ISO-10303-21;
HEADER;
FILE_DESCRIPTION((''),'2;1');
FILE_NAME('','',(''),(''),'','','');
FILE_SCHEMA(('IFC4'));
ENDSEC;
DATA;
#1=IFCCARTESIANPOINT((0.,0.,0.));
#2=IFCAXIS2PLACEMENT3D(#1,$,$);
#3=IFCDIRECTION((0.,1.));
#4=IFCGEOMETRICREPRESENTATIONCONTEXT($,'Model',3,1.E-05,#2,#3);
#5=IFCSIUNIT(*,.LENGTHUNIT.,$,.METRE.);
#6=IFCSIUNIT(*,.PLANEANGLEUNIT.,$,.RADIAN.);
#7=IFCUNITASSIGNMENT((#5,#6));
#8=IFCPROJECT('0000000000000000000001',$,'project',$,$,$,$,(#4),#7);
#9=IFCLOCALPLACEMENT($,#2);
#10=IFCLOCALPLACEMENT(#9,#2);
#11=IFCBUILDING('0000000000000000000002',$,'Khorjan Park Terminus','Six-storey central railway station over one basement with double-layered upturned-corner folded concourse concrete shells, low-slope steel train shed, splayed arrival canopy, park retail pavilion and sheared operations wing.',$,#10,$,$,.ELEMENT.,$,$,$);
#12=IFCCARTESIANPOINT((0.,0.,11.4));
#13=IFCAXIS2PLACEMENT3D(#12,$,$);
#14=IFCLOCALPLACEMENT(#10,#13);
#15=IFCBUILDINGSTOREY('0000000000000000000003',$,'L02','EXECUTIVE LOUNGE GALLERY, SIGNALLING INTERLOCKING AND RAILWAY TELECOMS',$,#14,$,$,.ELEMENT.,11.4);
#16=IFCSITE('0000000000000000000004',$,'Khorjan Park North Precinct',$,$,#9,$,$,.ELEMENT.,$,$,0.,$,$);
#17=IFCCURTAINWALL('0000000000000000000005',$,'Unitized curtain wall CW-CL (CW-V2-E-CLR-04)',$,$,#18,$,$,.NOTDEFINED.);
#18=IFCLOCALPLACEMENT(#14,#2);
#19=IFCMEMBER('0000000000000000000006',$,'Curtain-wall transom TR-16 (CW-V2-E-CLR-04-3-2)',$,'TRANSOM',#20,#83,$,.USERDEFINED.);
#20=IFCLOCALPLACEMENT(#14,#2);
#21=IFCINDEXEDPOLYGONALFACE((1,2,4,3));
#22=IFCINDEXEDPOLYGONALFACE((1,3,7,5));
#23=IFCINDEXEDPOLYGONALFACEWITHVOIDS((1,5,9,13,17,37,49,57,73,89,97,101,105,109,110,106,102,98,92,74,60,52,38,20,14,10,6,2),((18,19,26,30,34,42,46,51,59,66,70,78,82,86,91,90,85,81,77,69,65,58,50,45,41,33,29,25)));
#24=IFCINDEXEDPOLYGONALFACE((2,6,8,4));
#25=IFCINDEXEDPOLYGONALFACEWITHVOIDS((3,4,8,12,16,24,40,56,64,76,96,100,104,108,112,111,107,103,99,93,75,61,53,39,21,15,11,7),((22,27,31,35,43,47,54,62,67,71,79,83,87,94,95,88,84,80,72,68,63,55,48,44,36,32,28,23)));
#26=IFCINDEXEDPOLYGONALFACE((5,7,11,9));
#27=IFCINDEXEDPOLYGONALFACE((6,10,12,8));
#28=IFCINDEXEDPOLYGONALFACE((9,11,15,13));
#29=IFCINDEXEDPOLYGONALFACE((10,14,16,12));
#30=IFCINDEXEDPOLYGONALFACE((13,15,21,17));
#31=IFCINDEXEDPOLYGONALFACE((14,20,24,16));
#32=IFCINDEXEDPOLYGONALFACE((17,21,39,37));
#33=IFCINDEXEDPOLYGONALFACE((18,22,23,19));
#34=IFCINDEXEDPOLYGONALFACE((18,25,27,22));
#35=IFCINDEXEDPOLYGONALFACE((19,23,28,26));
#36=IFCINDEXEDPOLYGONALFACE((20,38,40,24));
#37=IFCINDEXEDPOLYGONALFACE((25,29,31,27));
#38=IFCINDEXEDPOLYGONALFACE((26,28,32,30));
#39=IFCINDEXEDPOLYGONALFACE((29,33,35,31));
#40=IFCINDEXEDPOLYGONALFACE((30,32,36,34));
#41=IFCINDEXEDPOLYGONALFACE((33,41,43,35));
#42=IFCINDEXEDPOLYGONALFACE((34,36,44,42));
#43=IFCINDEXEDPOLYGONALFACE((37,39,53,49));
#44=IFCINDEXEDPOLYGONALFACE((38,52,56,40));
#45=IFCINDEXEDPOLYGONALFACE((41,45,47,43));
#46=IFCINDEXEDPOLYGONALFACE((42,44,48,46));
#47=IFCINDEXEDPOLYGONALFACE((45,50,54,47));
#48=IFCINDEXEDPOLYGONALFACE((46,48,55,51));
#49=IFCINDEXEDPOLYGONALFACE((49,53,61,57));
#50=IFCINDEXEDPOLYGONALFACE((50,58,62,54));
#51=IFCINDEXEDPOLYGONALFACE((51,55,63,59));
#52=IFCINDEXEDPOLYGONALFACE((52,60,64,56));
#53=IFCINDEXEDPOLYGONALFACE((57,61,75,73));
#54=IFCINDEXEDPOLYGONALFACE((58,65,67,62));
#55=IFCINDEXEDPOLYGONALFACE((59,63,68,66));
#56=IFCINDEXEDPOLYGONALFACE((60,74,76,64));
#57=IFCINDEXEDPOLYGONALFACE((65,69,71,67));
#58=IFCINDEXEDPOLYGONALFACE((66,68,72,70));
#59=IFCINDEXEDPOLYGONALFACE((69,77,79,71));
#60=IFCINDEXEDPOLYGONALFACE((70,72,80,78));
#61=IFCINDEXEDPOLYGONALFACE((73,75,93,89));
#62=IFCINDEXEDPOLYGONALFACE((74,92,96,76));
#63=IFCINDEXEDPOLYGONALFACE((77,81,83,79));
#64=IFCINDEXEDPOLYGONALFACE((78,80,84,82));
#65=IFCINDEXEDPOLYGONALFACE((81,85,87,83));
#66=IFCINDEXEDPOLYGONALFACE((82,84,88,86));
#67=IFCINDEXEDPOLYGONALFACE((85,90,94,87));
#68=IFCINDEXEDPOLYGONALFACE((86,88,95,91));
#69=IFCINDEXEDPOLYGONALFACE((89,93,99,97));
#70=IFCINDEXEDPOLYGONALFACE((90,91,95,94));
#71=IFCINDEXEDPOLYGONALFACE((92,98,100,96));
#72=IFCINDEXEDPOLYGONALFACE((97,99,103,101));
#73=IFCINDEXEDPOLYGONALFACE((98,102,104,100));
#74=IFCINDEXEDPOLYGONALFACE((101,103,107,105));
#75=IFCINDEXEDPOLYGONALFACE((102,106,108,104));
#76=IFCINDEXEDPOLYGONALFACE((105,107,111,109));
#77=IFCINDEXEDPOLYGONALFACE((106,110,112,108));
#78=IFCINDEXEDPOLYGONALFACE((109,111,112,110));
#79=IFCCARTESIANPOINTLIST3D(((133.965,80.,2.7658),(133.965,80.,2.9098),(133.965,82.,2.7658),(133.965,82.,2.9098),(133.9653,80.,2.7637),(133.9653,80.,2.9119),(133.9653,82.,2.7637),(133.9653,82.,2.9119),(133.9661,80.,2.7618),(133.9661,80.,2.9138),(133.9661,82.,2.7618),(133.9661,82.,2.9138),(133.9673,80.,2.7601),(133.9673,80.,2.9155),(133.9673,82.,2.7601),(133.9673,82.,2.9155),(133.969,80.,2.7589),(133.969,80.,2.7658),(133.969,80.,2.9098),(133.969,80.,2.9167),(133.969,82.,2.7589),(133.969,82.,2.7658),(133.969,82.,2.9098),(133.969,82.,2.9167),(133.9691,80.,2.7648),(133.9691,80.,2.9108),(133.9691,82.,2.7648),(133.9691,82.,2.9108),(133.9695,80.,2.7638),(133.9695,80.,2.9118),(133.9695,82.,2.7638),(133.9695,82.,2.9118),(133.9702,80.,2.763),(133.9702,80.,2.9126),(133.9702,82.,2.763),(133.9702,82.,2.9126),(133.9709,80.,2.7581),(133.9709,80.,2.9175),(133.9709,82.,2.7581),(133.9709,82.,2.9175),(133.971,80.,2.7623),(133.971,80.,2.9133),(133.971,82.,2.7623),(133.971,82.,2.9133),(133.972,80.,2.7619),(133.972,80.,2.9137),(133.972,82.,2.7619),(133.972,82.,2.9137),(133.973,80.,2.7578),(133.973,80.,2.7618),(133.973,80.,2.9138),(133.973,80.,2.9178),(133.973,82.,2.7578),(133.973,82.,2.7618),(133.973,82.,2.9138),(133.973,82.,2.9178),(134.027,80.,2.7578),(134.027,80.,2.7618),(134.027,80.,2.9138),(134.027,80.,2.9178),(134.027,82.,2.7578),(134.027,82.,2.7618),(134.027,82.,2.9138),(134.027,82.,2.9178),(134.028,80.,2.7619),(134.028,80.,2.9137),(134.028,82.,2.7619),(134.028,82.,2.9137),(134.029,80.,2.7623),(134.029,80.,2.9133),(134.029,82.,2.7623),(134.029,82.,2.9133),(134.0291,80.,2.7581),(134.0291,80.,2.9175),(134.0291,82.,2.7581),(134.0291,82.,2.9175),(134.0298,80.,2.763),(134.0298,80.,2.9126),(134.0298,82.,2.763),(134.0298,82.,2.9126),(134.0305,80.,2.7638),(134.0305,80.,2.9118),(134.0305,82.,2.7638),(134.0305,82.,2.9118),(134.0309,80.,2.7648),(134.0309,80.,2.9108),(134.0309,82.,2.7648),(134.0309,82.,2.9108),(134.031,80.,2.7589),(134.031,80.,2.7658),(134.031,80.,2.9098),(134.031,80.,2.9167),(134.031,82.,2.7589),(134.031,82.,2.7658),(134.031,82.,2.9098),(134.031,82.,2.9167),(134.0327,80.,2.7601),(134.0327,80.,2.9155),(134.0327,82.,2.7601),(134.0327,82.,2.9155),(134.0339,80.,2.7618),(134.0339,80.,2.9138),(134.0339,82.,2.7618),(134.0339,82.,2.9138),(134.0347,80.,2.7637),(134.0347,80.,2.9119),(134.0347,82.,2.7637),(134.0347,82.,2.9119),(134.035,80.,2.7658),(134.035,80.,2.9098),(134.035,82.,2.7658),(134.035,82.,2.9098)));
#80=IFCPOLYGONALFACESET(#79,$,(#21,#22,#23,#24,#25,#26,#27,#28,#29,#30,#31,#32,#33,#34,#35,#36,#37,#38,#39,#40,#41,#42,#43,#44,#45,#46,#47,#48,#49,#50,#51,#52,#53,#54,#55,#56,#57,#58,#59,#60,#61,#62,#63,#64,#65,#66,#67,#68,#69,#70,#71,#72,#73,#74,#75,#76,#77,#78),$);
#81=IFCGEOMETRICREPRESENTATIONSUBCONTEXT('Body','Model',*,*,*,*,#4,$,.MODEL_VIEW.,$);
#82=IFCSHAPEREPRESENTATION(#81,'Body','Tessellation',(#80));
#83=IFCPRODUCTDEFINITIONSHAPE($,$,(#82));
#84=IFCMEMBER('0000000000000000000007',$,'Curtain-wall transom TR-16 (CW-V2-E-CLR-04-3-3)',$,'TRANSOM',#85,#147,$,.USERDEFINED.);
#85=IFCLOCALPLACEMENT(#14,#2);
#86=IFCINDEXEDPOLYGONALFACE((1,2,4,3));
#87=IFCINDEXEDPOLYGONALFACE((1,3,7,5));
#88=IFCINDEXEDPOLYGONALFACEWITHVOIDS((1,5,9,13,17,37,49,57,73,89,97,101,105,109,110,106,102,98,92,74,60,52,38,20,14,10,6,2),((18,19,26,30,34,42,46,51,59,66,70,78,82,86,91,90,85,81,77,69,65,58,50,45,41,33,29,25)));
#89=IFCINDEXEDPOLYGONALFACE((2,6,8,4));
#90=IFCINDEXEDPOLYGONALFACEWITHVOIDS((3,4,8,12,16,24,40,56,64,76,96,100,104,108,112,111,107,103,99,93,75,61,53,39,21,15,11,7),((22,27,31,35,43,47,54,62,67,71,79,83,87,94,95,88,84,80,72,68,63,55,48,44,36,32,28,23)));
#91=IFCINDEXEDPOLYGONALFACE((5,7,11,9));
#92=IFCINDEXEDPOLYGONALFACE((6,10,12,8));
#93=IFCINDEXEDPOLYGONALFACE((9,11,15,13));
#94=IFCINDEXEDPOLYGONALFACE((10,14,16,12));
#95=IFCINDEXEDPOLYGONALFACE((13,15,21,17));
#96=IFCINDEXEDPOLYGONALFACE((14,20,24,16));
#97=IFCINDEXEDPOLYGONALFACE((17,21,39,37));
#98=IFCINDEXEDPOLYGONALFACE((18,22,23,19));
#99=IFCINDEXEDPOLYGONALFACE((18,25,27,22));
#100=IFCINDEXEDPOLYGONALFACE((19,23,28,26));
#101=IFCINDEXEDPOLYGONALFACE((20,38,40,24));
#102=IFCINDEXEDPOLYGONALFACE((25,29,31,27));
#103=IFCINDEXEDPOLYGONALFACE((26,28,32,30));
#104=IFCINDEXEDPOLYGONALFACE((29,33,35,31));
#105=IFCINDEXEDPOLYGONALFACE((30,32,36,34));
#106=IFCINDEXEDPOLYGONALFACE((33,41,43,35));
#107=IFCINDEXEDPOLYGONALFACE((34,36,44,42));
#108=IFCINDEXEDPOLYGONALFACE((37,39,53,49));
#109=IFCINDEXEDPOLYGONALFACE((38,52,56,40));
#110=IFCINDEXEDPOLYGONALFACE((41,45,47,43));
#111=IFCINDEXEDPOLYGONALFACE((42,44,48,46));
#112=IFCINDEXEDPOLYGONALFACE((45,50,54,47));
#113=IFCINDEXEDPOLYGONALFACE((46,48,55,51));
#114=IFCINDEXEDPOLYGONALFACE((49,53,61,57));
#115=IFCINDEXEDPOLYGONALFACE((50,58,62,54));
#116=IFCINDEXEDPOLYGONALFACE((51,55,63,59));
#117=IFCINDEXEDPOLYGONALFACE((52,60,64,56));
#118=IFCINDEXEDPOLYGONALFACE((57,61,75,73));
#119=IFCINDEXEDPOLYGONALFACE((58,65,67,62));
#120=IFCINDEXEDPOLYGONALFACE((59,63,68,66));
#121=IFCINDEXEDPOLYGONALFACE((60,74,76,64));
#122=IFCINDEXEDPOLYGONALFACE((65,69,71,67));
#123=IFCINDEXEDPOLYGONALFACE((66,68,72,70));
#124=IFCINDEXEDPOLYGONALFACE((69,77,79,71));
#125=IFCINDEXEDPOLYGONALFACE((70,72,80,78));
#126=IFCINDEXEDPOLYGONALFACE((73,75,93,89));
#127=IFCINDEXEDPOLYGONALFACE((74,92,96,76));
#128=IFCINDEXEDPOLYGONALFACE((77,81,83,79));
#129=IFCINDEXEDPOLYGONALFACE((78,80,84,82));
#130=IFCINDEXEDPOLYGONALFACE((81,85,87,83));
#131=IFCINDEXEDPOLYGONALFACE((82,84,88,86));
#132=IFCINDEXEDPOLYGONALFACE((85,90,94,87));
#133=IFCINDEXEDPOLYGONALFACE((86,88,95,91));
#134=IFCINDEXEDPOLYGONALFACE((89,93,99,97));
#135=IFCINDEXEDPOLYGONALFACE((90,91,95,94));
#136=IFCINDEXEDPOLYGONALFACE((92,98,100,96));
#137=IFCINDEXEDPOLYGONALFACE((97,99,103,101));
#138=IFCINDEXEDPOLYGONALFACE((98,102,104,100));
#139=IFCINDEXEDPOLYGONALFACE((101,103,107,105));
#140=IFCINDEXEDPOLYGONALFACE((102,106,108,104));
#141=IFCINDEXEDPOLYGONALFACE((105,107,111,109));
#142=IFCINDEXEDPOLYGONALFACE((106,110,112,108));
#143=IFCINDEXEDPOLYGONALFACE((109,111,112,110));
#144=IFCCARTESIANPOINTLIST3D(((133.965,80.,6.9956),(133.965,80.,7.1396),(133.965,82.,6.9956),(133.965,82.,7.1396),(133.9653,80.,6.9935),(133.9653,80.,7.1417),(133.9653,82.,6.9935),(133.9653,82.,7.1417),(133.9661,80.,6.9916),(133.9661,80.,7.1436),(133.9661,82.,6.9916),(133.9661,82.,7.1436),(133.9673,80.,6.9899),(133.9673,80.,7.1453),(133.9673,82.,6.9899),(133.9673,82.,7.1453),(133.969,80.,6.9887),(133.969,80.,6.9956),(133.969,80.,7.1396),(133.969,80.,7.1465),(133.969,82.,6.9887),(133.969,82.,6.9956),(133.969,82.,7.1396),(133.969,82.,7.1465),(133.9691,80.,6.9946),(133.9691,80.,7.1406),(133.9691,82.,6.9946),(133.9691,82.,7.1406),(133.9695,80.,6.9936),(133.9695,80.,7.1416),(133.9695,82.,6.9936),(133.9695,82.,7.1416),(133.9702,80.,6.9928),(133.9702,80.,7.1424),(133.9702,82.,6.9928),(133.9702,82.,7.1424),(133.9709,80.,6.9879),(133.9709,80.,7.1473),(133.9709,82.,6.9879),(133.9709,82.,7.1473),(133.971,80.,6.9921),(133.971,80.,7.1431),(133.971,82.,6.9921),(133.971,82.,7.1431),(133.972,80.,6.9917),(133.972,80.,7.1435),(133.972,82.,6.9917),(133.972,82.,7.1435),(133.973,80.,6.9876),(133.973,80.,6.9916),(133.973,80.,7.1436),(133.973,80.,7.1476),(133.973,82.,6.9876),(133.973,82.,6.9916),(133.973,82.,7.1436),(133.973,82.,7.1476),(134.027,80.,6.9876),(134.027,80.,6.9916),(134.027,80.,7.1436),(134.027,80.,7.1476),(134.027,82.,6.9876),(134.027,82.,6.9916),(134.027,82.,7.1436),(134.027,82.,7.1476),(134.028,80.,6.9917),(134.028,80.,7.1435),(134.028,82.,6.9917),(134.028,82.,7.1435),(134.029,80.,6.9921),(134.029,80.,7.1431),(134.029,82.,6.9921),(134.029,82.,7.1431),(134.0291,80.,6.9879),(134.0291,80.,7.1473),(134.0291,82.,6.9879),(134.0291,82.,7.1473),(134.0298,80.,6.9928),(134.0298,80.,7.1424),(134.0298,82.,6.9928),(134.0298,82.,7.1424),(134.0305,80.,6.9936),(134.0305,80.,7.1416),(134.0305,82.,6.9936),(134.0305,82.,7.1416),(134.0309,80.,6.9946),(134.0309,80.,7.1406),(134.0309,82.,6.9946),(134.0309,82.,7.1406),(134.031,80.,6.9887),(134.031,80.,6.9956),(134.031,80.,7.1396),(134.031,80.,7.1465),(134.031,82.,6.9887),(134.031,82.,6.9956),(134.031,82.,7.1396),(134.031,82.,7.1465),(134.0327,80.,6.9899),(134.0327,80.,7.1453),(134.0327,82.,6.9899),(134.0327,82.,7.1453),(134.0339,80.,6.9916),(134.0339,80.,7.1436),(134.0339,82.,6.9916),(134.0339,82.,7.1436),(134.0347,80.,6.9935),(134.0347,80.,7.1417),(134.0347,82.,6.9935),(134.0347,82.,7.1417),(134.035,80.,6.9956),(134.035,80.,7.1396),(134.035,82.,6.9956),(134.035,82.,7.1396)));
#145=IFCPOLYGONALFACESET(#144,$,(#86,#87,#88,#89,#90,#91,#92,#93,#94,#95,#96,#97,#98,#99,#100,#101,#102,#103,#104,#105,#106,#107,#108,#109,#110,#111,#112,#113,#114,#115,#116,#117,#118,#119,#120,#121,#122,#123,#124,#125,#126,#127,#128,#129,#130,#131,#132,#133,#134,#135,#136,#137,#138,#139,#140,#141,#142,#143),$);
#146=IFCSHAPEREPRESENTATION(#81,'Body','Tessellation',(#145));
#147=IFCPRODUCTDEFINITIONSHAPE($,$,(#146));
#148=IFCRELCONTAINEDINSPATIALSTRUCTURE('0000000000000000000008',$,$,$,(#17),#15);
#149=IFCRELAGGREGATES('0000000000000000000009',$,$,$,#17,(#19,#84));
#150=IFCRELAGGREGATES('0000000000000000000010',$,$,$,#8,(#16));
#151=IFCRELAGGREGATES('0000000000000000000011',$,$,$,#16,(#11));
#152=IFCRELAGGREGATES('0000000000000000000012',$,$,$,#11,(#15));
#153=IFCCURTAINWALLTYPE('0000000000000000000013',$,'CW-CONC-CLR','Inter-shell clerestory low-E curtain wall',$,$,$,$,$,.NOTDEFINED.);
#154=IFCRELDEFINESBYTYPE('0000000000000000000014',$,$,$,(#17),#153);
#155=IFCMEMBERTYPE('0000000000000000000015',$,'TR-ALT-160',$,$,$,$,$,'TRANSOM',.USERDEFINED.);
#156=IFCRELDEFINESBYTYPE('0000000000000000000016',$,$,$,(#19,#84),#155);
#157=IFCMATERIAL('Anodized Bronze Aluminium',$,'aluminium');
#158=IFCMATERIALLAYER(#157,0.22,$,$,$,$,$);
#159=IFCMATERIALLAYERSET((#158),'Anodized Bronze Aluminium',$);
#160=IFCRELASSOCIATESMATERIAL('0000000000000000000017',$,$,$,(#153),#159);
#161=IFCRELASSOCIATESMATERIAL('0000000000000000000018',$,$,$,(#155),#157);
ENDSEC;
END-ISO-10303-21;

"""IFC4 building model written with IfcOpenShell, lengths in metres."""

from ifc_helpers import new_model, si_unit, direction, frame, origin, origin_2d, place, context, subcontext, project, spatial, hollow_rectangle, extrude, material, layer, layer_set, material_profile, profile_set, type_object, element, aggregate, save


model = new_model("IFC4")

# Units and contexts
model_context = context("Model", 3, precision=1e-05, world=origin(), true_north=direction((0.0, 1.0)))
body_context = subcontext(model_context, "Body", "Model", "MODEL_VIEW")
ifc_project = project(units=[si_unit("LENGTHUNIT", "METRE"), si_unit("PLANEANGLEUNIT", "RADIAN")], contexts=[model_context])

# Site, building, storey
site_placement = place(None, origin())
site = spatial("IfcSite", under=ifc_project, at=site_placement, Name="Khorjan Park North Precinct", CompositionType="ELEMENT", RefElevation=0.0)
building_placement = place(site_placement, origin())
building = spatial("IfcBuilding", under=site, at=building_placement, Name="Khorjan Park Terminus", Description="Six-storey central railway station over one basement with double-layered upturned-corner folded concourse concrete shells, low-slope steel train shed, splayed arrival canopy, park retail pavilion and sheared operations wing.", CompositionType="ELEMENT")
storey_placement = place(building_placement, frame((0.0, 0.0, 11.4)))
storey = spatial("IfcBuildingStorey", under=building, at=storey_placement, Name="L02", Description="EXECUTIVE LOUNGE GALLERY, SIGNALLING INTERLOCKING AND RAILWAY TELECOMS", CompositionType="ELEMENT", Elevation=11.4)

# Curtain wall, members
ifc_material_1 = material(Name="Anodized Bronze Aluminium", Category="aluminium")
ifc_layer_1 = layer(ifc_material_1, 0.22)
ifc_layer_set_1 = layer_set([ifc_layer_1], Name="Anodized Bronze Aluminium")
curtain_wall_type = type_object("IfcCurtainWallType", Name="CW-CONC-CLR", Description="Inter-shell clerestory low-E curtain wall", PredefinedType="NOTDEFINED", material=ifc_layer_set_1)
curtain_wall_placement = place(storey_placement, origin())
curtain_wall = element("IfcCurtainWall", 1, at=curtain_wall_placement, inside=storey, type_object=curtain_wall_type, Name="Unitized curtain wall CW-CL (CW-V2-E-CLR-04)", PredefinedType="NOTDEFINED")
ifc_material_profile_1 = material_profile(ifc_material_1, hollow_rectangle(XDim=0.07, YDim=0.16, WallThickness=0.004, InnerFilletRadius=0.004, OuterFilletRadius=0.008, at=origin_2d()), Name="ALT 70x160x4")
ifc_profile_set_1 = profile_set([ifc_material_profile_1], Name="Anodized Bronze Aluminium")
member_type_1 = type_object("IfcMemberType", Name="TR-ALT-160", ElementType="TRANSOM", PredefinedType="USERDEFINED", material=ifc_profile_set_1)
member_1_placement = place(storey_placement, frame((134.0, 80.0, 2.8378), z_axis=(0.0, 1.0, 0.0), x_axis=(-1.0, 0.0, 0.0)))
member_1 = element("IfcMember", 2, at=member_1_placement, type_object=member_type_1, Name="Curtain-wall transom TR-16 (CW-V2-E-CLR-04-3-2)", ObjectType="TRANSOM", PredefinedType="USERDEFINED", context=body_context, shape_type="SweptSolid", body=[
    extrude(hollow_rectangle(XDim=0.07, YDim=0.16, WallThickness=0.004, InnerFilletRadius=0.004, OuterFilletRadius=0.008, at=origin_2d()), origin(), (0.0, 0.0, 1.0), 2.0),
])
member_2_placement = place(storey_placement, frame((134.0, 80.0, 7.0676), z_axis=(0.0, 1.0, 0.0), x_axis=(-1.0, 0.0, 0.0)))
member_2 = element("IfcMember", 3, at=member_2_placement, type_object=member_type_1, Name="Curtain-wall transom TR-16 (CW-V2-E-CLR-04-3-3)", ObjectType="TRANSOM", PredefinedType="USERDEFINED", context=body_context, shape_type="SweptSolid", body=[
    extrude(hollow_rectangle(XDim=0.07, YDim=0.16, WallThickness=0.004, InnerFilletRadius=0.004, OuterFilletRadius=0.008, at=origin_2d()), origin(), (0.0, 0.0, 1.0), 2.0),
])

aggregate(curtain_wall, [member_1, member_2])

save(model, "model.ifc")
